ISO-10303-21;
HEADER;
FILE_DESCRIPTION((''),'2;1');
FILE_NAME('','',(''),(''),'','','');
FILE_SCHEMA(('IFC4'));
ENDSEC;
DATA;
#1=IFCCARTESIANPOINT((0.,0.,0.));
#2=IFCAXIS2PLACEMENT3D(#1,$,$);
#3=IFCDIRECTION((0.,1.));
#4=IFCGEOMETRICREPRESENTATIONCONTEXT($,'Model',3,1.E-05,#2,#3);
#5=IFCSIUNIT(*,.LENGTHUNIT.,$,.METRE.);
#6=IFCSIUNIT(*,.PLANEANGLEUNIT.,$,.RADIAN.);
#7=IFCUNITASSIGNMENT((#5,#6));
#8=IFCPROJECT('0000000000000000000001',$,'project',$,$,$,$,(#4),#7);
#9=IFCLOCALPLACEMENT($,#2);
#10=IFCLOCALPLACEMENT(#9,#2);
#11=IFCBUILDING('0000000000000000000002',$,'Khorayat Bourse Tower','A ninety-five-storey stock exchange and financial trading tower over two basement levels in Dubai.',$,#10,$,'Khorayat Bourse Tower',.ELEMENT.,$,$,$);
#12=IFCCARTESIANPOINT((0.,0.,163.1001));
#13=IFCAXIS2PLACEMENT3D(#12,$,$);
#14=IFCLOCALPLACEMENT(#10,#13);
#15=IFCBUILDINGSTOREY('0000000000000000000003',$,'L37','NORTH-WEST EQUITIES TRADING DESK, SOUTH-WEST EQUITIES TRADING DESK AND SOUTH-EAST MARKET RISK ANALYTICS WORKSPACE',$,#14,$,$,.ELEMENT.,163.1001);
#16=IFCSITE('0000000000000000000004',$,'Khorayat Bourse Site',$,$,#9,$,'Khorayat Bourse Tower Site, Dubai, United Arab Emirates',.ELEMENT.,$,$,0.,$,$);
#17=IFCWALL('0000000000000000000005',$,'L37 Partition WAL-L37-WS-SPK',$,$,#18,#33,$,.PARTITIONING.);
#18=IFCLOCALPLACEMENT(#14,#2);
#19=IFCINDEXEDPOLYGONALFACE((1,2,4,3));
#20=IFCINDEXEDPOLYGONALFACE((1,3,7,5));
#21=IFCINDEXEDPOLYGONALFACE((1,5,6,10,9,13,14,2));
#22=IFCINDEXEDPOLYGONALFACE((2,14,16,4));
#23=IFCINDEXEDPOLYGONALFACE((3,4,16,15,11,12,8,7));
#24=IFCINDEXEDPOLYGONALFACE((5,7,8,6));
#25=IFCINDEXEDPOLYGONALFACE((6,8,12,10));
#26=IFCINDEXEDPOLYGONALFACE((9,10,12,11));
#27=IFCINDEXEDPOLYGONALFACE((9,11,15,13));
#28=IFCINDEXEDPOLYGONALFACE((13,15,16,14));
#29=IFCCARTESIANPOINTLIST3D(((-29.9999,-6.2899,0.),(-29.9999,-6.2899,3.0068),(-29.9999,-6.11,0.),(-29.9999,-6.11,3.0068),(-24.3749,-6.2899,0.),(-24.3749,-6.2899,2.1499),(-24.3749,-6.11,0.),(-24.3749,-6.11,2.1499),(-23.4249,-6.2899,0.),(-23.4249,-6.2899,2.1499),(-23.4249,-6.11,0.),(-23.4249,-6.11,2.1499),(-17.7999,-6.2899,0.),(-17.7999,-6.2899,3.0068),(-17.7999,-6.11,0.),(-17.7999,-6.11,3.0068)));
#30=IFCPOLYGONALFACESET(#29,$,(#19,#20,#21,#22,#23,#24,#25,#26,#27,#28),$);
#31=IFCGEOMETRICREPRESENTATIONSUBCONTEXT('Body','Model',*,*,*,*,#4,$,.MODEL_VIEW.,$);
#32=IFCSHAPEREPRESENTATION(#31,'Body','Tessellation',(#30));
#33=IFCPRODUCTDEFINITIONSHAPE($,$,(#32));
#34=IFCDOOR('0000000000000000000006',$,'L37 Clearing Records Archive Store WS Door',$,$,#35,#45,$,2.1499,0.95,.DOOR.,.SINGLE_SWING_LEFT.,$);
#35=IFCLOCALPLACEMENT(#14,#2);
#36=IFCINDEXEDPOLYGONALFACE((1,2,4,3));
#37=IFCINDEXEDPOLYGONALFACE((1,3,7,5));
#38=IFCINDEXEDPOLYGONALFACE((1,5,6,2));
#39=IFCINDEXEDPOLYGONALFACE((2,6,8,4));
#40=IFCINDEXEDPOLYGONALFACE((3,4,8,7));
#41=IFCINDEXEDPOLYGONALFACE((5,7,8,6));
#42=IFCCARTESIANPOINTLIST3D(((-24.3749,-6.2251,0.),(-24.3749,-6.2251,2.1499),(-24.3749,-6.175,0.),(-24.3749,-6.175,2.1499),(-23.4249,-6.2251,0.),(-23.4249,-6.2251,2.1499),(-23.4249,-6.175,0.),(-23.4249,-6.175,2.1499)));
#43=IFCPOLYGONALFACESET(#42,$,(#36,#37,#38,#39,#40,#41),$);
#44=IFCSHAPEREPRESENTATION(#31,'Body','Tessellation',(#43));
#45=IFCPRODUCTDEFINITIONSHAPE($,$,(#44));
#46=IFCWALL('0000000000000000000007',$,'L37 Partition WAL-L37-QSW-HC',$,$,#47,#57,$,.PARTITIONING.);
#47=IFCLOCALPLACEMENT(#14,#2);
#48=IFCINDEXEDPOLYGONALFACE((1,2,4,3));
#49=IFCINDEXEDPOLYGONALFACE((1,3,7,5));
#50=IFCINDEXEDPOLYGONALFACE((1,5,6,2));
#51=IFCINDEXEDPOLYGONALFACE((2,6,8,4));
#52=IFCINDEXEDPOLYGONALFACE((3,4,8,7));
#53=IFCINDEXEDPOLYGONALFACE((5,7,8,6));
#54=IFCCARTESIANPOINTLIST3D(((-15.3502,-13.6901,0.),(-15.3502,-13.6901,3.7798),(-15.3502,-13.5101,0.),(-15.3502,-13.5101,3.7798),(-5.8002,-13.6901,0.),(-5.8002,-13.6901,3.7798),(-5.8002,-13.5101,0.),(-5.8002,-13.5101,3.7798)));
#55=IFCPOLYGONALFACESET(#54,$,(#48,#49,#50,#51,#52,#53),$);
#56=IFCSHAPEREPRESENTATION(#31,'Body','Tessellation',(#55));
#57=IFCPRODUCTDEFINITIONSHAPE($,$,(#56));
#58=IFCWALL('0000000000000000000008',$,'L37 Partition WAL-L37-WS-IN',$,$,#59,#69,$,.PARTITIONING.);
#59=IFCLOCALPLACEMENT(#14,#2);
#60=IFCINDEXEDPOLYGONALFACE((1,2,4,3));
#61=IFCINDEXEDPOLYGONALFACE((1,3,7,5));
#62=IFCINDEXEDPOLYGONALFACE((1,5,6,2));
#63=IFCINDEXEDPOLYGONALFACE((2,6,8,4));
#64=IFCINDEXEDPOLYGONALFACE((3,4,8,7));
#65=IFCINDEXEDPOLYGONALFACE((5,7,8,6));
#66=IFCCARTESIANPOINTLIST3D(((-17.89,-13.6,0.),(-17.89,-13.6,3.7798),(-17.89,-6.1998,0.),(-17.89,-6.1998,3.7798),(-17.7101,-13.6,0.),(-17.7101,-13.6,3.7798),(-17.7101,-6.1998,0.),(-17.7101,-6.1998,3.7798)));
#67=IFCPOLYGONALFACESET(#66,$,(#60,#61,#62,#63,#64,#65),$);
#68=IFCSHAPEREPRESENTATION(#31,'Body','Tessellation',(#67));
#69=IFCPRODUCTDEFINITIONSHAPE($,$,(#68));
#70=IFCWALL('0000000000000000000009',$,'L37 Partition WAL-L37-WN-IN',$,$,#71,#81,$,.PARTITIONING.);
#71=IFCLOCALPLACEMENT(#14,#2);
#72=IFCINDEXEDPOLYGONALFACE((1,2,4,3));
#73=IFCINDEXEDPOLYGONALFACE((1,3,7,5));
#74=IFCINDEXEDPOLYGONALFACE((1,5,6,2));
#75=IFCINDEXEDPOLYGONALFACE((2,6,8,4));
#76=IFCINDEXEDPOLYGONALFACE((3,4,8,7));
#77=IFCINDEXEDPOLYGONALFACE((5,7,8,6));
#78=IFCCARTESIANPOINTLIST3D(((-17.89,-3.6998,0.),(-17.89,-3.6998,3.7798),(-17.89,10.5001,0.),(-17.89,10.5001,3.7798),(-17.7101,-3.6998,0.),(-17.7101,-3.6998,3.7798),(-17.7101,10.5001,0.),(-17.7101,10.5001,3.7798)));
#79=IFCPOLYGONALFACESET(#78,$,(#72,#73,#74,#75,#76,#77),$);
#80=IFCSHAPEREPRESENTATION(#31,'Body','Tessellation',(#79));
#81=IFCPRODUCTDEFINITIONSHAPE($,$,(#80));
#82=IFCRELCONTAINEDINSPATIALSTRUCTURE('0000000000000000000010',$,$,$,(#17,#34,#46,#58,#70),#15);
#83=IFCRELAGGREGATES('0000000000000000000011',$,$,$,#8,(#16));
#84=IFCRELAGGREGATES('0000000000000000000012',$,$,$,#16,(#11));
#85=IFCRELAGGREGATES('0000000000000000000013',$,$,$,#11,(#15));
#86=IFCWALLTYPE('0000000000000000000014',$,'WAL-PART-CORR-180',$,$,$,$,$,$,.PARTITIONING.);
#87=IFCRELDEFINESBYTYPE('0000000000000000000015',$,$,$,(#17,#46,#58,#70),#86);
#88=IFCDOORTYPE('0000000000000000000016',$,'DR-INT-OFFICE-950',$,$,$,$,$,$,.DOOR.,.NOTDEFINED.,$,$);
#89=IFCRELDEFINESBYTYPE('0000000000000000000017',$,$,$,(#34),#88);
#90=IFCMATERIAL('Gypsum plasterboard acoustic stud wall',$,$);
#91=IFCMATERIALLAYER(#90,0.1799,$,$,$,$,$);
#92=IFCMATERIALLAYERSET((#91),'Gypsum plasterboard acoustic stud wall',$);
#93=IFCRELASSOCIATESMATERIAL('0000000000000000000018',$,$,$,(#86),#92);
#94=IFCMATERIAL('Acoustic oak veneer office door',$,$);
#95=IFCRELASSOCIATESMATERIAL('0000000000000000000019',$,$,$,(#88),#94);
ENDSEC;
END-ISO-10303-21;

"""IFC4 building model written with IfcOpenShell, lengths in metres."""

from ifc_helpers import new_model, si_unit, direction, frame, frame_2d, origin, place, context, subcontext, project, spatial, rectangle, extrude, source, transform, mapped, material, layer, layer_set, type_object, element, fill, save


model = new_model("IFC4")

# Units and contexts
model_context = context("Model", 3, precision=1e-05, world=origin(), true_north=direction((0.0, 1.0)))
body_context = subcontext(model_context, "Body", "Model", "MODEL_VIEW")
ifc_project = project(units=[si_unit("LENGTHUNIT", "METRE"), si_unit("PLANEANGLEUNIT", "RADIAN")], contexts=[model_context])

# Site, building, storey
site_placement = place(None, origin())
site = spatial("IfcSite", under=ifc_project, at=site_placement, Name="Khorayat Bourse Site", LongName="Khorayat Bourse Tower Site, Dubai, United Arab Emirates", CompositionType="ELEMENT", RefElevation=0.0)
building_placement = place(site_placement, origin())
building = spatial("IfcBuilding", under=site, at=building_placement, Name="Khorayat Bourse Tower", Description="A ninety-five-storey stock exchange and financial trading tower over two basement levels in Dubai.", LongName="Khorayat Bourse Tower", CompositionType="ELEMENT")
storey_placement = place(building_placement, frame((0.0, 0.0, 163.1001)))
storey = spatial("IfcBuildingStorey", under=building, at=storey_placement, Name="L37", Description="NORTH-WEST EQUITIES TRADING DESK, SOUTH-WEST EQUITIES TRADING DESK AND SOUTH-EAST MARKET RISK ANALYTICS WORKSPACE", CompositionType="ELEMENT", Elevation=163.1001)

# Shared definitions
ifc_material_1 = material(Name="Gypsum plasterboard acoustic stud wall")
ifc_layer_1 = layer(ifc_material_1, 0.1799)
ifc_layer_set_1 = layer_set([ifc_layer_1], Name="Gypsum plasterboard acoustic stud wall")
wall_type_1 = type_object("IfcWallType", Name="WAL-PART-CORR-180", PredefinedType="PARTITIONING", material=ifc_layer_set_1)

# Wall, opening, door
shared_shape_1 = source(origin(), body_context, "Body", "SweptSolid", [
    extrude(rectangle(XDim=0.95, YDim=2.1499, at=frame_2d((0.4751, 1.075))), frame((0.0, 0.0999, 0.0), z_axis=(0.0, -1.0, 0.0), x_axis=(1.0, 0.0, 0.0)), (0.0, 0.0, 1.0), 0.2),
])
ifc_material_2 = material(Name="Acoustic oak veneer office door")
door_type = type_object("IfcDoorType", Name="DR-INT-OFFICE-950", OperationType="NOTDEFINED", PredefinedType="DOOR", material=ifc_material_2)
shared_shape_2 = source(origin(), body_context, "Body", "SweptSolid", [
    extrude(rectangle(XDim=0.95, YDim=2.1499, at=frame_2d((0.4751, 1.075))), frame((0.0, 0.0249, 0.0), z_axis=(0.0, -1.0, 0.0), x_axis=(1.0, 0.0, 0.0)), (0.0, 0.0, 1.0), 0.05),
])
shared_shape_3 = source(origin(), body_context, "Body", "SweptSolid", [
    extrude(rectangle(XDim=12.2, YDim=0.1799, at=frame_2d((6.1001, 0.0))), origin(), (0.0, 0.0, 1.0), 3.0068),
])
wall_1_placement = place(storey_placement, frame((-30.0, -6.2, 0.0), z_axis=(0.0, 0.0, 1.0), x_axis=(1.0, 0.0, 0.0)))
wall_1 = element("IfcWall", 1, at=wall_1_placement, inside=storey, type_object=wall_type_1, Name="L37 Partition WAL-L37-WS-SPK", PredefinedType="PARTITIONING", context=body_context, shape_type="MappedRepresentation", body=[
    mapped(shared_shape_3, transform((0.0, 0.0, 0.0), scale=1.0)),
])
opening_1_placement = place(wall_1_placement, frame((5.625, 0.0, 0.0)))
opening_1 = element("IfcOpeningElement", 2, at=opening_1_placement, cuts=wall_1, PredefinedType="OPENING", context=body_context, shape_type="MappedRepresentation", body=[
    mapped(shared_shape_1, transform((0.0, 0.0, 0.0), scale=1.0)),
])
door_1_placement = place(opening_1_placement, origin())
door_1 = element("IfcDoor", 3, at=door_1_placement, inside=storey, type_object=door_type, Name="L37 Clearing Records Archive Store WS Door", OperationType="SINGLE_SWING_LEFT", OverallHeight=2.1499, OverallWidth=0.95, PredefinedType="DOOR", context=body_context, shape_type="MappedRepresentation", body=[
    mapped(shared_shape_2, transform((0.0, 0.0, 0.0), scale=1.0)),
])
fill(opening_1, door_1)

# Walls
shared_shape_4 = source(origin(), body_context, "Body", "SweptSolid", [
    extrude(rectangle(XDim=9.55, YDim=0.1799, at=frame_2d((4.7749, 0.0))), origin(), (0.0, 0.0, 1.0), 3.7798),
])
wall_2_placement = place(storey_placement, frame((-15.3501, -13.6001, 0.0), z_axis=(0.0, 0.0, 1.0), x_axis=(1.0, 0.0, 0.0)))
element("IfcWall", 4, at=wall_2_placement, inside=storey, type_object=wall_type_1, Name="L37 Partition WAL-L37-QSW-HC", PredefinedType="PARTITIONING", context=body_context, shape_type="MappedRepresentation", body=[
    mapped(shared_shape_4, transform((0.0, 0.0, 0.0), scale=1.0)),
])
shared_shape_5 = source(origin(), body_context, "Body", "SweptSolid", [
    extrude(rectangle(XDim=7.4001, YDim=0.1799, at=frame_2d((3.7002, 0.0))), origin(), (0.0, 0.0, 1.0), 3.7798),
])
wall_3_placement = place(storey_placement, frame((-17.8, -13.6001, 0.0), z_axis=(0.0, 0.0, 1.0), x_axis=(0.0, 1.0, 0.0)))
element("IfcWall", 5, at=wall_3_placement, inside=storey, type_object=wall_type_1, Name="L37 Partition WAL-L37-WS-IN", PredefinedType="PARTITIONING", context=body_context, shape_type="MappedRepresentation", body=[
    mapped(shared_shape_5, transform((0.0, 0.0, 0.0), scale=1.0)),
])
shared_shape_6 = source(origin(), body_context, "Body", "SweptSolid", [
    extrude(rectangle(XDim=14.2, YDim=0.1799, at=frame_2d((7.1001, 0.0))), origin(), (0.0, 0.0, 1.0), 3.7798),
])
wall_4_placement = place(storey_placement, frame((-17.8, -3.7, 0.0), z_axis=(0.0, 0.0, 1.0), x_axis=(0.0, 1.0, 0.0)))
element("IfcWall", 6, at=wall_4_placement, inside=storey, type_object=wall_type_1, Name="L37 Partition WAL-L37-WN-IN", PredefinedType="PARTITIONING", context=body_context, shape_type="MappedRepresentation", body=[
    mapped(shared_shape_6, transform((0.0, 0.0, 0.0), scale=1.0)),
])

save(model, "model.ifc")
